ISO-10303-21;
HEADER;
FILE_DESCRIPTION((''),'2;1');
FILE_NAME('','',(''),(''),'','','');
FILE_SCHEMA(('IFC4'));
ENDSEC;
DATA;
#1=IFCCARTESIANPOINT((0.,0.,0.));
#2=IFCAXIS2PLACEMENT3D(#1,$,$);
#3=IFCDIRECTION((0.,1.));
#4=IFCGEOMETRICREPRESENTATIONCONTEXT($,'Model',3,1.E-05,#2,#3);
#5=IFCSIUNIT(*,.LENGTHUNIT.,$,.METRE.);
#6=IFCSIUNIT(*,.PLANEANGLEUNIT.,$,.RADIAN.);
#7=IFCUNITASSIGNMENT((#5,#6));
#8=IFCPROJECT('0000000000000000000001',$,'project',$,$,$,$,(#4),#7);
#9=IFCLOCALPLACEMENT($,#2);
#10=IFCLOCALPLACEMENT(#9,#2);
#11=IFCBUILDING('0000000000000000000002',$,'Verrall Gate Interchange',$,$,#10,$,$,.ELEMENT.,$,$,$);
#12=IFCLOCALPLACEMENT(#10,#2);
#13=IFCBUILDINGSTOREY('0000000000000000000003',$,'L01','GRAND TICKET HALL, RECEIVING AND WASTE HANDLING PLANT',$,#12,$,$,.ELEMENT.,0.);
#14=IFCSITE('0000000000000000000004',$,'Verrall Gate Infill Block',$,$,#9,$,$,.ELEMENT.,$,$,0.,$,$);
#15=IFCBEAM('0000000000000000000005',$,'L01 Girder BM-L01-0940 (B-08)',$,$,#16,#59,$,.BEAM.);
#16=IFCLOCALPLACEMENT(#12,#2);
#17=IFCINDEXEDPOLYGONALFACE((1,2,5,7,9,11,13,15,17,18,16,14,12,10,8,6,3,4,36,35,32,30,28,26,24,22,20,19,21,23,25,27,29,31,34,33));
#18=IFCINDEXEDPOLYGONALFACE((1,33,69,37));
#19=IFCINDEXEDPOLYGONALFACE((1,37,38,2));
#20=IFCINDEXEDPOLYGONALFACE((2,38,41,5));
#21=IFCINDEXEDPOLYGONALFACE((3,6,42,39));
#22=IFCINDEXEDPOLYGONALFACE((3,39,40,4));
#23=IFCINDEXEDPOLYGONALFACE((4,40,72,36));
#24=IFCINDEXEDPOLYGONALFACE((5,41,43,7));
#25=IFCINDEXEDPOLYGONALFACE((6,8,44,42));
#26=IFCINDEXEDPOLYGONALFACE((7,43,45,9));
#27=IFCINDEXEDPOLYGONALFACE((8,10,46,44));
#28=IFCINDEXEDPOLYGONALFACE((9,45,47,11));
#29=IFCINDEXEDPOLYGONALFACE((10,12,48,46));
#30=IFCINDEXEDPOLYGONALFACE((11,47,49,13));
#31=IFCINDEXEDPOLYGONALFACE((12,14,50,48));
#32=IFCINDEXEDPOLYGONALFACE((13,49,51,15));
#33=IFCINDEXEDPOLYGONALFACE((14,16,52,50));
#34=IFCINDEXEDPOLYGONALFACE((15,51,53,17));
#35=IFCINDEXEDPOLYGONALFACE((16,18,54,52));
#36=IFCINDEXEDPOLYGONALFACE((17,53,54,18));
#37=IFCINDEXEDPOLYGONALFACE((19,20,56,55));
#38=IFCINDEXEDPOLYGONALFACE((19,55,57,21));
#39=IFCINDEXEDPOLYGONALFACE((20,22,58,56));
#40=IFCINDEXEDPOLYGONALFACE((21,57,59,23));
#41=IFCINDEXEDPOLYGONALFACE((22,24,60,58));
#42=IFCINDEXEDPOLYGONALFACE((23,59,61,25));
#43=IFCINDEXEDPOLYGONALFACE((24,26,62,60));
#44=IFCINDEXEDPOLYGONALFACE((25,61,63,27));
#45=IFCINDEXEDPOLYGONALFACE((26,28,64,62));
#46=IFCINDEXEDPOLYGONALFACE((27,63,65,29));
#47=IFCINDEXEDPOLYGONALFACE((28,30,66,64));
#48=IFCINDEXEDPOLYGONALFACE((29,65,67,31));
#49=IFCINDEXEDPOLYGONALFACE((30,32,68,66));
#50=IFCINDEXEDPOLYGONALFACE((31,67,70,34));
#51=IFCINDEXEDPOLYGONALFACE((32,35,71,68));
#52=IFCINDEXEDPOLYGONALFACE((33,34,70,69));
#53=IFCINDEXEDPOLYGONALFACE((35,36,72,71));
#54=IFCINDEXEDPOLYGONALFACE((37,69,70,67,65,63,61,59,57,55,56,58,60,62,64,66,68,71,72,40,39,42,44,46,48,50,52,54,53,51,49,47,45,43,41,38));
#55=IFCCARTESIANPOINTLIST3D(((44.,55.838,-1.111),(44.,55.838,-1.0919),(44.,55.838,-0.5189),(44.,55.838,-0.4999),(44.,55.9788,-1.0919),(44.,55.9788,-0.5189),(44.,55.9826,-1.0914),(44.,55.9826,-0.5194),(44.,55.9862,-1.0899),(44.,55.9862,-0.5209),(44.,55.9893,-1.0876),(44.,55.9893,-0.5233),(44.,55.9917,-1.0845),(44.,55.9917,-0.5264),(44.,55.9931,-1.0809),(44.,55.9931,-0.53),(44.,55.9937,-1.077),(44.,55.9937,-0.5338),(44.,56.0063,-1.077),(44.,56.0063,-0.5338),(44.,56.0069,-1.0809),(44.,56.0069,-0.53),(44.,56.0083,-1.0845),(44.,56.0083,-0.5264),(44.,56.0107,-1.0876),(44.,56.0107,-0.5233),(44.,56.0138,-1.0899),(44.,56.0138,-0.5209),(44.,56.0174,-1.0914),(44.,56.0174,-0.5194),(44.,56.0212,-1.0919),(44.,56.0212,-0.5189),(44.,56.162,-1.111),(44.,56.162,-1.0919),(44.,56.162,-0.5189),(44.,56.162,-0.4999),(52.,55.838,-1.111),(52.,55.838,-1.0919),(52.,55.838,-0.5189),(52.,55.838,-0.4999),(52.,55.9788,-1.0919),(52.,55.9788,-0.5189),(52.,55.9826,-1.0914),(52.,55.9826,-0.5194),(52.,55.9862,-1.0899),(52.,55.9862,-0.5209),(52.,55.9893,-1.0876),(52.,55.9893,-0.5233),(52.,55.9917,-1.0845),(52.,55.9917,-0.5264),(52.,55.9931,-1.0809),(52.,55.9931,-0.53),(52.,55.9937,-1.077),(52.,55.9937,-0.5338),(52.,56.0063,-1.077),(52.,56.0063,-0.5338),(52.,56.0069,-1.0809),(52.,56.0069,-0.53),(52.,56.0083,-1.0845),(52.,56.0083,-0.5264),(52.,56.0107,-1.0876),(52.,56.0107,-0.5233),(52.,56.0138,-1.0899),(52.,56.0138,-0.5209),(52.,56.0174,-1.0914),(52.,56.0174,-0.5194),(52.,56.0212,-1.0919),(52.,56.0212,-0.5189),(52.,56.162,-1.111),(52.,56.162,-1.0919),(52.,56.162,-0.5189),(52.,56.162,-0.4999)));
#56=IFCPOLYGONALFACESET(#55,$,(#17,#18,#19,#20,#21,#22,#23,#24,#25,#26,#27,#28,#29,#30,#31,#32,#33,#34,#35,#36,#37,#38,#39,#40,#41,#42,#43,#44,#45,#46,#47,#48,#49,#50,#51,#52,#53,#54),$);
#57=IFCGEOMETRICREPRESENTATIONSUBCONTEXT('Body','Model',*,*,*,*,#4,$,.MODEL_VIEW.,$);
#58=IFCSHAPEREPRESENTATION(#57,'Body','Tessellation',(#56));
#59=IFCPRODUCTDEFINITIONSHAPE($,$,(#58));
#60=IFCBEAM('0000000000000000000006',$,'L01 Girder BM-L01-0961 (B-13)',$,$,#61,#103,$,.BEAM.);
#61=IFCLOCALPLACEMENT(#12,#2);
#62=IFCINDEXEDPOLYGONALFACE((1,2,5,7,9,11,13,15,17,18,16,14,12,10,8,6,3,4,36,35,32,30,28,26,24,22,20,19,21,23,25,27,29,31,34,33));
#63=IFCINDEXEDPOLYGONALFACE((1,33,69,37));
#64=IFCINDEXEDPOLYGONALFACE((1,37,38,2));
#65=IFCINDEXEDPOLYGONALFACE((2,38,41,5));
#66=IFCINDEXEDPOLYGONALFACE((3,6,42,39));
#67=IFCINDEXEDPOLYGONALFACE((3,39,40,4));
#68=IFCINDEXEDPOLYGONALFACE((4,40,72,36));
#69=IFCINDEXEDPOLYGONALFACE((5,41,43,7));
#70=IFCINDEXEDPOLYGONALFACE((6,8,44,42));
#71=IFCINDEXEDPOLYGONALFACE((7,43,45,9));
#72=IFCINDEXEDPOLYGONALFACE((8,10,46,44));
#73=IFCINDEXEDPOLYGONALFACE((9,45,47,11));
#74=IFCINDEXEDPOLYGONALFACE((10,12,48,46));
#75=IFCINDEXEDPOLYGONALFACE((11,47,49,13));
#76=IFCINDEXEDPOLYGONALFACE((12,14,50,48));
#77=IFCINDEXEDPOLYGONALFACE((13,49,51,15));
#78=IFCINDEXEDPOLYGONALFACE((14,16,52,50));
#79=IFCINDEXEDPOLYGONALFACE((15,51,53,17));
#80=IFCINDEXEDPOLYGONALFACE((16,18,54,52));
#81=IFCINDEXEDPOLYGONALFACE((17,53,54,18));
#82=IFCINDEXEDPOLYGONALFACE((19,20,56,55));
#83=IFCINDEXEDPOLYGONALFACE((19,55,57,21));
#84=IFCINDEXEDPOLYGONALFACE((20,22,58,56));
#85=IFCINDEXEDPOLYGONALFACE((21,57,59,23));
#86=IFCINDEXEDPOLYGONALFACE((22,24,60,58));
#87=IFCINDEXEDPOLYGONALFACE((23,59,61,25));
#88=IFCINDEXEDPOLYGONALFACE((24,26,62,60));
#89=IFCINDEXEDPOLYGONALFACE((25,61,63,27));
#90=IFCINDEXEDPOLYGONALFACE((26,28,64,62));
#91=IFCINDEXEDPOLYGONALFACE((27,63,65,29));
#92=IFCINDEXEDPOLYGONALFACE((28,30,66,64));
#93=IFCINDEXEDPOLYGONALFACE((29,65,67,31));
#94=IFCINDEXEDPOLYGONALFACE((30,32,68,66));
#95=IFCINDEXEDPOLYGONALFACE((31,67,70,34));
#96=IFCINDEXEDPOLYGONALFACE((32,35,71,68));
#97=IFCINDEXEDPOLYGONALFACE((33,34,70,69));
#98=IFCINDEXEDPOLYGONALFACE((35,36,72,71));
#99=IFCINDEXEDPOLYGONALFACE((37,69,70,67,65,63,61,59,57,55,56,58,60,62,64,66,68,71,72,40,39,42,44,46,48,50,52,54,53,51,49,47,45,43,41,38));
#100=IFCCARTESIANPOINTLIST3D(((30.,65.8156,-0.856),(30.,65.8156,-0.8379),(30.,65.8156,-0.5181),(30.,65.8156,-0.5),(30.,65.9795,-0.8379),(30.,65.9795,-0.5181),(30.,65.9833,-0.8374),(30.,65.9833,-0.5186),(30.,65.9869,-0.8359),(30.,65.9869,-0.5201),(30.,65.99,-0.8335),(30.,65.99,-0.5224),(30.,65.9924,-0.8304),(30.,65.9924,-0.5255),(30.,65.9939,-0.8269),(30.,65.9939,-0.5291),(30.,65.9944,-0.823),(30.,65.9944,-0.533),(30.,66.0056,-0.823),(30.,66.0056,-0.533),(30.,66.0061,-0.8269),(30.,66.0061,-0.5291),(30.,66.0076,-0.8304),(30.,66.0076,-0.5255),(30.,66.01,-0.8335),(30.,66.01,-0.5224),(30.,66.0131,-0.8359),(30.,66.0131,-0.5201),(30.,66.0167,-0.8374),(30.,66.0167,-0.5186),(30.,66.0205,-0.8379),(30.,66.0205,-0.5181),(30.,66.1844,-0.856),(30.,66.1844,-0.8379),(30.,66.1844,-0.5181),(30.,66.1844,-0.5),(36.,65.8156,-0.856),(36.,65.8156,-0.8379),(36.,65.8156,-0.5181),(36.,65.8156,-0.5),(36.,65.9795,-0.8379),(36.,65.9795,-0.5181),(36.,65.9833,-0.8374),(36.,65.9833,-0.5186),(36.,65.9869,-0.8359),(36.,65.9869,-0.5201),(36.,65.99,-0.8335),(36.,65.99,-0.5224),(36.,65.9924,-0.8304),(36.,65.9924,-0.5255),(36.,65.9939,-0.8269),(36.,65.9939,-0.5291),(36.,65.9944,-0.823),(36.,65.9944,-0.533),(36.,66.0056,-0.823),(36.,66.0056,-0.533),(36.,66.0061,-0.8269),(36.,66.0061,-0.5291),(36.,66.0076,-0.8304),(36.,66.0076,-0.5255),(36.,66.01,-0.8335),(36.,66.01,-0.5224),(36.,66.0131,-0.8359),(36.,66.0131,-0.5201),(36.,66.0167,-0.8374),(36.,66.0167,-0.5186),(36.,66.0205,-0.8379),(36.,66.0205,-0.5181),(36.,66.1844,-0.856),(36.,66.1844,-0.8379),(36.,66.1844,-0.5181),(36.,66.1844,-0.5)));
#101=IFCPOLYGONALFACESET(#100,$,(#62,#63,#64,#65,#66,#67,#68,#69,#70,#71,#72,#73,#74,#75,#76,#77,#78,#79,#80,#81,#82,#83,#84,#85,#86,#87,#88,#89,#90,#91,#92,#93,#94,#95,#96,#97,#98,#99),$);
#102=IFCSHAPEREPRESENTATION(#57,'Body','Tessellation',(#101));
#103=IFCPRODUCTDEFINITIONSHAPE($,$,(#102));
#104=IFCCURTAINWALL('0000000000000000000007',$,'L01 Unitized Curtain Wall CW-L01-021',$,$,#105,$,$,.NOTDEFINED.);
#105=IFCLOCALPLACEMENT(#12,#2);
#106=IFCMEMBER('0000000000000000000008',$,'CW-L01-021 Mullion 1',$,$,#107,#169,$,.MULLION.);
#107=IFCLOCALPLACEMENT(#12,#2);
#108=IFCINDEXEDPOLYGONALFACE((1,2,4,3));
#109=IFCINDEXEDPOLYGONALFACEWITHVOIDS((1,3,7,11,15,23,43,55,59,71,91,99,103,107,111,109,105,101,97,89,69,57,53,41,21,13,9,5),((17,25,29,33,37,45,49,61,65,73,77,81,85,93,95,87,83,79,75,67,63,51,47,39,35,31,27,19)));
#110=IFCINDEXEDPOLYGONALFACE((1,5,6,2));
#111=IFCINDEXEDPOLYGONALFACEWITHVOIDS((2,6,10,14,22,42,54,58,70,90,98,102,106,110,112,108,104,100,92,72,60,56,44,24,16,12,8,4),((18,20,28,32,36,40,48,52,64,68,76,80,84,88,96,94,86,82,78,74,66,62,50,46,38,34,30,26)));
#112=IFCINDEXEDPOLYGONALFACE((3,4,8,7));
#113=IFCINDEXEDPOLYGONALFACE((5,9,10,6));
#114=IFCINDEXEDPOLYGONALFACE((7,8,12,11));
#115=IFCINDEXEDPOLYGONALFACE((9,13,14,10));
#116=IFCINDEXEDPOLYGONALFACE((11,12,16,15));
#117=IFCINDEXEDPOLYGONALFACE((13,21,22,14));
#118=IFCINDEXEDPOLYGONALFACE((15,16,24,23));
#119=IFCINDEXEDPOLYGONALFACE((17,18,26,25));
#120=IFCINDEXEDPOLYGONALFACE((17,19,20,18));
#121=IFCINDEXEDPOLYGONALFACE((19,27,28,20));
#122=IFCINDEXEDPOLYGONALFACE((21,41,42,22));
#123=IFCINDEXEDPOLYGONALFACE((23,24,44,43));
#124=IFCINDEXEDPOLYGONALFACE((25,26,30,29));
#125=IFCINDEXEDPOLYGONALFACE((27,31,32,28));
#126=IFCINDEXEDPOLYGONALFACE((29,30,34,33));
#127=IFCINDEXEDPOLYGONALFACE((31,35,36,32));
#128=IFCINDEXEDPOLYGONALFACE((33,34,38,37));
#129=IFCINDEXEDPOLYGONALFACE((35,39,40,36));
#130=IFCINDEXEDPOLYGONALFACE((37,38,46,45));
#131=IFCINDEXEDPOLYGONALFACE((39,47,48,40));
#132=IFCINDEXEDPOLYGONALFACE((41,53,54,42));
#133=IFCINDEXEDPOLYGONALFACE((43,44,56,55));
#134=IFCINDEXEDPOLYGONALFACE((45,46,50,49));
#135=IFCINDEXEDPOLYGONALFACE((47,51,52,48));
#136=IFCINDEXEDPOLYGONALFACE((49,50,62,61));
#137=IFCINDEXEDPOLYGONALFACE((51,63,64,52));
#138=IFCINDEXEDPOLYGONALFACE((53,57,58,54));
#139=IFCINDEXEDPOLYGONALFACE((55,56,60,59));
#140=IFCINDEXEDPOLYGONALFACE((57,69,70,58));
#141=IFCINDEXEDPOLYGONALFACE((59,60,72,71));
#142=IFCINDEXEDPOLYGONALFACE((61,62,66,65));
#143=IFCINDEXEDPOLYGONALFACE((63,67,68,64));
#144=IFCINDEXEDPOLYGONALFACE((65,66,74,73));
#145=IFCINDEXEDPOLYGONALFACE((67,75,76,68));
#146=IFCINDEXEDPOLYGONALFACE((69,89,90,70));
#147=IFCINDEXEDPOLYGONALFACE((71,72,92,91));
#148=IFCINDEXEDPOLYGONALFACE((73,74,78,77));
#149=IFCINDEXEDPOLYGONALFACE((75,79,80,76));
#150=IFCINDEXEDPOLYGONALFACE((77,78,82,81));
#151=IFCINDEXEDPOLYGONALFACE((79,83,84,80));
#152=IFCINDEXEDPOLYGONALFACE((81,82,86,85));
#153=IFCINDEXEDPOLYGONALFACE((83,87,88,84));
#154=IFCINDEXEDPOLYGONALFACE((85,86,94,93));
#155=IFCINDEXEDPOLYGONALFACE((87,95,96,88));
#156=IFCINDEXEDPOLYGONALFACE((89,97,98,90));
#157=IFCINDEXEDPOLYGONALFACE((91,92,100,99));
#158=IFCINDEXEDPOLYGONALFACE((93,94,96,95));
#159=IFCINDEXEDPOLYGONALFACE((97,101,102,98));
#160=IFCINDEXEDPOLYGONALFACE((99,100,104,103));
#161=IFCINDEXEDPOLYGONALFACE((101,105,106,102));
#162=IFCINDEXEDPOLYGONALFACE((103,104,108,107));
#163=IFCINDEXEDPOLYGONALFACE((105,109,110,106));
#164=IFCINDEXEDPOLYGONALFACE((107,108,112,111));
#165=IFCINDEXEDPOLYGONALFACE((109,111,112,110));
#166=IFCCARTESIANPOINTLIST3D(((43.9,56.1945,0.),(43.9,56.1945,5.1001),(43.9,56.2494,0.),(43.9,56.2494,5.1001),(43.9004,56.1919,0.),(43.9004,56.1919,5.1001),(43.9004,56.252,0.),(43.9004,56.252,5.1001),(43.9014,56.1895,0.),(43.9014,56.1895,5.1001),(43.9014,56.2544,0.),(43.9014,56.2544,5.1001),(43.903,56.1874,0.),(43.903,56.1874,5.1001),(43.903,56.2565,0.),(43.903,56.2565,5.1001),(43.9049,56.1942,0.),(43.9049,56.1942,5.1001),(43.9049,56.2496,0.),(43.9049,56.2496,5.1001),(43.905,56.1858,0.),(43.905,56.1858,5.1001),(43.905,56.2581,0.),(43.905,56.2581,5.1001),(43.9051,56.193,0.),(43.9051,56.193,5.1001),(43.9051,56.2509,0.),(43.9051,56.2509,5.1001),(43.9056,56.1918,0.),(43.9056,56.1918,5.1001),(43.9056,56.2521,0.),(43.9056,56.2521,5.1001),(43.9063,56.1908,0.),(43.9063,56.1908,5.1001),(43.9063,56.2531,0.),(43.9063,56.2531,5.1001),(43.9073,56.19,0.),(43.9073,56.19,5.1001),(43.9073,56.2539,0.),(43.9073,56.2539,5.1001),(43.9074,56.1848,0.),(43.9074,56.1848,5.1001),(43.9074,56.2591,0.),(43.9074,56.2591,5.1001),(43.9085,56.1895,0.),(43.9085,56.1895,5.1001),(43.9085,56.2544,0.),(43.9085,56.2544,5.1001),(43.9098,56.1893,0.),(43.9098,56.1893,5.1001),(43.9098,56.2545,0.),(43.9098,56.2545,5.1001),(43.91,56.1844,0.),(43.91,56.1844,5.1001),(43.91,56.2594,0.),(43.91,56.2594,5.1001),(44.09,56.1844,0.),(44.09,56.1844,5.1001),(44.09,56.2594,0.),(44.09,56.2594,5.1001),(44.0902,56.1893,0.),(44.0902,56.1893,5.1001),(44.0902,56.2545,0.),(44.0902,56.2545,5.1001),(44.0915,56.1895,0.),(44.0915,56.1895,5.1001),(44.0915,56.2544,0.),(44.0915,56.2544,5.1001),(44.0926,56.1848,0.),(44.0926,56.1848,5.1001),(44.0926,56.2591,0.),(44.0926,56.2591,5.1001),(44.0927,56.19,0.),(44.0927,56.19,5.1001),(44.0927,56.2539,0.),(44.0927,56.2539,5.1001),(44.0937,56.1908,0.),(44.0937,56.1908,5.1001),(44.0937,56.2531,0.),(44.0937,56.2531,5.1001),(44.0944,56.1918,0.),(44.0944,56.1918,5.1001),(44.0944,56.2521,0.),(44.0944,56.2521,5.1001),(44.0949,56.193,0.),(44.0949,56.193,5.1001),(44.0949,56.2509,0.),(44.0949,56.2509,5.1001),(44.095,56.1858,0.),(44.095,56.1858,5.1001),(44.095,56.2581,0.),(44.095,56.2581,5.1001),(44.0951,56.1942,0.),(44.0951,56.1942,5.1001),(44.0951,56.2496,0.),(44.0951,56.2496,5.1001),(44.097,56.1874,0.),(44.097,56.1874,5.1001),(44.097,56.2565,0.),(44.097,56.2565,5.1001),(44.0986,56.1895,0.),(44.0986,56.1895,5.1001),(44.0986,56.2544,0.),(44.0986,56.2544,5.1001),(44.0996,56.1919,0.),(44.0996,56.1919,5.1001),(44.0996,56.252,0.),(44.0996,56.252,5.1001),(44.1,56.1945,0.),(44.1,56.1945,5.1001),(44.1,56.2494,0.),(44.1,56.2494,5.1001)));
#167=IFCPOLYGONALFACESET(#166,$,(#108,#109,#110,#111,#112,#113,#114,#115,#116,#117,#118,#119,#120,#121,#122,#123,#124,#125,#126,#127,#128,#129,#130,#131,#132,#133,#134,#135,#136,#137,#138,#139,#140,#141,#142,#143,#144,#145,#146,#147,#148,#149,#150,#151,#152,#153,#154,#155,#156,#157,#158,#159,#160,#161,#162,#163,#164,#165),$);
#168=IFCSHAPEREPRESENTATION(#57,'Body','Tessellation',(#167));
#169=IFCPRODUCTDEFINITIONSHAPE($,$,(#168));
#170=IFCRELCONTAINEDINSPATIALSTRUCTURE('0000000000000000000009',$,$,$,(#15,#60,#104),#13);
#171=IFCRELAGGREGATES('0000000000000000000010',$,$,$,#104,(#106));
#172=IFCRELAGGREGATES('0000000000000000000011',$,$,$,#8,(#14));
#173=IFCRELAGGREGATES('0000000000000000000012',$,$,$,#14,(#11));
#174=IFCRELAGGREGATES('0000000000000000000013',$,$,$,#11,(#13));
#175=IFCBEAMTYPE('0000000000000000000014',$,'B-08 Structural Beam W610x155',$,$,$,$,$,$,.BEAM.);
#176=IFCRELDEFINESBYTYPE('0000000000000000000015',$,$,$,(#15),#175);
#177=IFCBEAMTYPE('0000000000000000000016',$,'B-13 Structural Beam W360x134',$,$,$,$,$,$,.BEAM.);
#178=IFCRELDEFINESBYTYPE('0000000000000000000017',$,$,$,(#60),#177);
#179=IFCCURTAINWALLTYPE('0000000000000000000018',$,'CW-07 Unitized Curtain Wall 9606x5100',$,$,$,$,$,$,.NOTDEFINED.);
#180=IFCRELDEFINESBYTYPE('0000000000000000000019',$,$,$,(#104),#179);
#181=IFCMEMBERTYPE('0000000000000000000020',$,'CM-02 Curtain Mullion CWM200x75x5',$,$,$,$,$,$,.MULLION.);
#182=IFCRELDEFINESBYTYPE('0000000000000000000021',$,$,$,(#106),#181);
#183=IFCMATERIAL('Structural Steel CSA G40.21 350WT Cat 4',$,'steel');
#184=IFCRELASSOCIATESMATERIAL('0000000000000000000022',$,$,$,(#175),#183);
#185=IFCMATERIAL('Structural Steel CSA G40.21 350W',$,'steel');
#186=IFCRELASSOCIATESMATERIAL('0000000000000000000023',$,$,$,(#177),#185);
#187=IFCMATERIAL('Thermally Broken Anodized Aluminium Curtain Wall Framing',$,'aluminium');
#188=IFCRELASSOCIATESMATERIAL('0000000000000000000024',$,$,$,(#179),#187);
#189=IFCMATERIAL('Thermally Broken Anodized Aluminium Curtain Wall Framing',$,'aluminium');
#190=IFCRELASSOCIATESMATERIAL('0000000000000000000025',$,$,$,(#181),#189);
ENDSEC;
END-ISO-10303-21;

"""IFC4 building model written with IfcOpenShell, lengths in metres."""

from ifc_helpers import new_model, si_unit, direction, frame, origin, origin_2d, place, context, subcontext, project, spatial, hollow_rectangle, i_section, extrude, material, material_profile, profile_set, type_object, element, aggregate, save


model = new_model("IFC4")

# Units and contexts
model_context = context("Model", 3, precision=1e-05, world=origin(), true_north=direction((0.0, 1.0)))
body_context = subcontext(model_context, "Body", "Model", "MODEL_VIEW")
ifc_project = project(units=[si_unit("LENGTHUNIT", "METRE"), si_unit("PLANEANGLEUNIT", "RADIAN")], contexts=[model_context])

# Site, building, storey
site_placement = place(None, origin())
site = spatial("IfcSite", under=ifc_project, at=site_placement, Name="Verrall Gate Infill Block", CompositionType="ELEMENT", RefElevation=0.0)
building_placement = place(site_placement, origin())
building = spatial("IfcBuilding", under=site, at=building_placement, Name="Verrall Gate Interchange", CompositionType="ELEMENT")
storey_placement = place(building_placement, origin())
storey = spatial("IfcBuildingStorey", under=building, at=storey_placement, Name="L01", Description="GRAND TICKET HALL, RECEIVING AND WASTE HANDLING PLANT", CompositionType="ELEMENT", Elevation=0.0)

# Beams
ifc_material_1 = material(Name="Structural Steel CSA G40.21 350WT Cat 4", Category="steel")
ifc_material_profile_1 = material_profile(ifc_material_1, i_section(OverallWidth=0.324, OverallDepth=0.6111, WebThickness=0.0127, FlangeThickness=0.019, FilletRadius=0.0149, at=origin_2d()), Name="W610x155")
ifc_profile_set_1 = profile_set([ifc_material_profile_1], Name="Structural Steel CSA G40.21 350WT Cat 4")
beam_type_1 = type_object("IfcBeamType", Name="B-08 Structural Beam W610x155", PredefinedType="BEAM", material=ifc_profile_set_1)
beam_1_placement = place(storey_placement, frame((44.0, 56.0, -0.8054), z_axis=(1.0, 0.0, 0.0), x_axis=(0.0, 1.0, 0.0)))
element("IfcBeam", 1, at=beam_1_placement, inside=storey, type_object=beam_type_1, Name="L01 Girder BM-L01-0940 (B-08)", PredefinedType="BEAM", context=body_context, shape_type="SweptSolid", body=[
    extrude(i_section(OverallWidth=0.324, OverallDepth=0.6111, WebThickness=0.0127, FlangeThickness=0.019, FilletRadius=0.0149, at=origin_2d()), origin(), (0.0, 0.0, 1.0), 8.0),
])
ifc_material_2 = material(Name="Structural Steel CSA G40.21 350W", Category="steel")
ifc_material_profile_2 = material_profile(ifc_material_2, i_section(OverallWidth=0.3689, OverallDepth=0.356, WebThickness=0.0112, FlangeThickness=0.0181, FilletRadius=0.0149, at=origin_2d()), Name="W360x134")
ifc_profile_set_2 = profile_set([ifc_material_profile_2], Name="Structural Steel CSA G40.21 350W")
beam_type_2 = type_object("IfcBeamType", Name="B-13 Structural Beam W360x134", PredefinedType="BEAM", material=ifc_profile_set_2)
beam_2_placement = place(storey_placement, frame((30.0, 66.0, -0.678), z_axis=(1.0, 0.0, 0.0), x_axis=(0.0, 1.0, 0.0)))
element("IfcBeam", 2, at=beam_2_placement, inside=storey, type_object=beam_type_2, Name="L01 Girder BM-L01-0961 (B-13)", PredefinedType="BEAM", context=body_context, shape_type="SweptSolid", body=[
    extrude(i_section(OverallWidth=0.3689, OverallDepth=0.356, WebThickness=0.0112, FlangeThickness=0.0181, FilletRadius=0.0149, at=origin_2d()), origin(), (0.0, 0.0, 1.0), 6.0),
])

# Curtain wall, member
ifc_material_3 = material(Name="Thermally Broken Anodized Aluminium Curtain Wall Framing", Category="aluminium")
curtain_wall_type = type_object("IfcCurtainWallType", Name="CW-07 Unitized Curtain Wall 9606x5100", PredefinedType="NOTDEFINED", material=ifc_material_3)
curtain_wall_placement = place(storey_placement, origin())
curtain_wall = element("IfcCurtainWall", 3, at=curtain_wall_placement, inside=storey, type_object=curtain_wall_type, Name="L01 Unitized Curtain Wall CW-L01-021", PredefinedType="NOTDEFINED")
ifc_material_4 = material(Name="Thermally Broken Anodized Aluminium Curtain Wall Framing", Category="aluminium")
ifc_material_profile_3 = material_profile(ifc_material_4, hollow_rectangle(XDim=0.075, YDim=0.2, WallThickness=0.0049, InnerFilletRadius=0.0049, OuterFilletRadius=0.01, at=origin_2d()), Name="CWM200x75x5")
ifc_profile_set_3 = profile_set([ifc_material_profile_3], Name="Thermally Broken Anodized Aluminium Curtain Wall Framing")
member_type_1 = type_object("IfcMemberType", Name="CM-02 Curtain Mullion CWM200x75x5", PredefinedType="MULLION", material=ifc_profile_set_3)
member_1_placement = place(storey_placement, frame((44.0, 56.2219, 0.0), z_axis=(0.0, 0.0, 1.0), x_axis=(0.0, 1.0, 0.0)))
member_1 = element("IfcMember", 4, at=member_1_placement, type_object=member_type_1, Name="CW-L01-021 Mullion 1", PredefinedType="MULLION", context=body_context, shape_type="SweptSolid", body=[
    extrude(hollow_rectangle(XDim=0.075, YDim=0.2, WallThickness=0.0049, InnerFilletRadius=0.0049, OuterFilletRadius=0.01, at=origin_2d()), origin(), (0.0, 0.0, 1.0), 5.1001),
])

aggregate(curtain_wall, [member_1])

save(model, "model.ifc")
